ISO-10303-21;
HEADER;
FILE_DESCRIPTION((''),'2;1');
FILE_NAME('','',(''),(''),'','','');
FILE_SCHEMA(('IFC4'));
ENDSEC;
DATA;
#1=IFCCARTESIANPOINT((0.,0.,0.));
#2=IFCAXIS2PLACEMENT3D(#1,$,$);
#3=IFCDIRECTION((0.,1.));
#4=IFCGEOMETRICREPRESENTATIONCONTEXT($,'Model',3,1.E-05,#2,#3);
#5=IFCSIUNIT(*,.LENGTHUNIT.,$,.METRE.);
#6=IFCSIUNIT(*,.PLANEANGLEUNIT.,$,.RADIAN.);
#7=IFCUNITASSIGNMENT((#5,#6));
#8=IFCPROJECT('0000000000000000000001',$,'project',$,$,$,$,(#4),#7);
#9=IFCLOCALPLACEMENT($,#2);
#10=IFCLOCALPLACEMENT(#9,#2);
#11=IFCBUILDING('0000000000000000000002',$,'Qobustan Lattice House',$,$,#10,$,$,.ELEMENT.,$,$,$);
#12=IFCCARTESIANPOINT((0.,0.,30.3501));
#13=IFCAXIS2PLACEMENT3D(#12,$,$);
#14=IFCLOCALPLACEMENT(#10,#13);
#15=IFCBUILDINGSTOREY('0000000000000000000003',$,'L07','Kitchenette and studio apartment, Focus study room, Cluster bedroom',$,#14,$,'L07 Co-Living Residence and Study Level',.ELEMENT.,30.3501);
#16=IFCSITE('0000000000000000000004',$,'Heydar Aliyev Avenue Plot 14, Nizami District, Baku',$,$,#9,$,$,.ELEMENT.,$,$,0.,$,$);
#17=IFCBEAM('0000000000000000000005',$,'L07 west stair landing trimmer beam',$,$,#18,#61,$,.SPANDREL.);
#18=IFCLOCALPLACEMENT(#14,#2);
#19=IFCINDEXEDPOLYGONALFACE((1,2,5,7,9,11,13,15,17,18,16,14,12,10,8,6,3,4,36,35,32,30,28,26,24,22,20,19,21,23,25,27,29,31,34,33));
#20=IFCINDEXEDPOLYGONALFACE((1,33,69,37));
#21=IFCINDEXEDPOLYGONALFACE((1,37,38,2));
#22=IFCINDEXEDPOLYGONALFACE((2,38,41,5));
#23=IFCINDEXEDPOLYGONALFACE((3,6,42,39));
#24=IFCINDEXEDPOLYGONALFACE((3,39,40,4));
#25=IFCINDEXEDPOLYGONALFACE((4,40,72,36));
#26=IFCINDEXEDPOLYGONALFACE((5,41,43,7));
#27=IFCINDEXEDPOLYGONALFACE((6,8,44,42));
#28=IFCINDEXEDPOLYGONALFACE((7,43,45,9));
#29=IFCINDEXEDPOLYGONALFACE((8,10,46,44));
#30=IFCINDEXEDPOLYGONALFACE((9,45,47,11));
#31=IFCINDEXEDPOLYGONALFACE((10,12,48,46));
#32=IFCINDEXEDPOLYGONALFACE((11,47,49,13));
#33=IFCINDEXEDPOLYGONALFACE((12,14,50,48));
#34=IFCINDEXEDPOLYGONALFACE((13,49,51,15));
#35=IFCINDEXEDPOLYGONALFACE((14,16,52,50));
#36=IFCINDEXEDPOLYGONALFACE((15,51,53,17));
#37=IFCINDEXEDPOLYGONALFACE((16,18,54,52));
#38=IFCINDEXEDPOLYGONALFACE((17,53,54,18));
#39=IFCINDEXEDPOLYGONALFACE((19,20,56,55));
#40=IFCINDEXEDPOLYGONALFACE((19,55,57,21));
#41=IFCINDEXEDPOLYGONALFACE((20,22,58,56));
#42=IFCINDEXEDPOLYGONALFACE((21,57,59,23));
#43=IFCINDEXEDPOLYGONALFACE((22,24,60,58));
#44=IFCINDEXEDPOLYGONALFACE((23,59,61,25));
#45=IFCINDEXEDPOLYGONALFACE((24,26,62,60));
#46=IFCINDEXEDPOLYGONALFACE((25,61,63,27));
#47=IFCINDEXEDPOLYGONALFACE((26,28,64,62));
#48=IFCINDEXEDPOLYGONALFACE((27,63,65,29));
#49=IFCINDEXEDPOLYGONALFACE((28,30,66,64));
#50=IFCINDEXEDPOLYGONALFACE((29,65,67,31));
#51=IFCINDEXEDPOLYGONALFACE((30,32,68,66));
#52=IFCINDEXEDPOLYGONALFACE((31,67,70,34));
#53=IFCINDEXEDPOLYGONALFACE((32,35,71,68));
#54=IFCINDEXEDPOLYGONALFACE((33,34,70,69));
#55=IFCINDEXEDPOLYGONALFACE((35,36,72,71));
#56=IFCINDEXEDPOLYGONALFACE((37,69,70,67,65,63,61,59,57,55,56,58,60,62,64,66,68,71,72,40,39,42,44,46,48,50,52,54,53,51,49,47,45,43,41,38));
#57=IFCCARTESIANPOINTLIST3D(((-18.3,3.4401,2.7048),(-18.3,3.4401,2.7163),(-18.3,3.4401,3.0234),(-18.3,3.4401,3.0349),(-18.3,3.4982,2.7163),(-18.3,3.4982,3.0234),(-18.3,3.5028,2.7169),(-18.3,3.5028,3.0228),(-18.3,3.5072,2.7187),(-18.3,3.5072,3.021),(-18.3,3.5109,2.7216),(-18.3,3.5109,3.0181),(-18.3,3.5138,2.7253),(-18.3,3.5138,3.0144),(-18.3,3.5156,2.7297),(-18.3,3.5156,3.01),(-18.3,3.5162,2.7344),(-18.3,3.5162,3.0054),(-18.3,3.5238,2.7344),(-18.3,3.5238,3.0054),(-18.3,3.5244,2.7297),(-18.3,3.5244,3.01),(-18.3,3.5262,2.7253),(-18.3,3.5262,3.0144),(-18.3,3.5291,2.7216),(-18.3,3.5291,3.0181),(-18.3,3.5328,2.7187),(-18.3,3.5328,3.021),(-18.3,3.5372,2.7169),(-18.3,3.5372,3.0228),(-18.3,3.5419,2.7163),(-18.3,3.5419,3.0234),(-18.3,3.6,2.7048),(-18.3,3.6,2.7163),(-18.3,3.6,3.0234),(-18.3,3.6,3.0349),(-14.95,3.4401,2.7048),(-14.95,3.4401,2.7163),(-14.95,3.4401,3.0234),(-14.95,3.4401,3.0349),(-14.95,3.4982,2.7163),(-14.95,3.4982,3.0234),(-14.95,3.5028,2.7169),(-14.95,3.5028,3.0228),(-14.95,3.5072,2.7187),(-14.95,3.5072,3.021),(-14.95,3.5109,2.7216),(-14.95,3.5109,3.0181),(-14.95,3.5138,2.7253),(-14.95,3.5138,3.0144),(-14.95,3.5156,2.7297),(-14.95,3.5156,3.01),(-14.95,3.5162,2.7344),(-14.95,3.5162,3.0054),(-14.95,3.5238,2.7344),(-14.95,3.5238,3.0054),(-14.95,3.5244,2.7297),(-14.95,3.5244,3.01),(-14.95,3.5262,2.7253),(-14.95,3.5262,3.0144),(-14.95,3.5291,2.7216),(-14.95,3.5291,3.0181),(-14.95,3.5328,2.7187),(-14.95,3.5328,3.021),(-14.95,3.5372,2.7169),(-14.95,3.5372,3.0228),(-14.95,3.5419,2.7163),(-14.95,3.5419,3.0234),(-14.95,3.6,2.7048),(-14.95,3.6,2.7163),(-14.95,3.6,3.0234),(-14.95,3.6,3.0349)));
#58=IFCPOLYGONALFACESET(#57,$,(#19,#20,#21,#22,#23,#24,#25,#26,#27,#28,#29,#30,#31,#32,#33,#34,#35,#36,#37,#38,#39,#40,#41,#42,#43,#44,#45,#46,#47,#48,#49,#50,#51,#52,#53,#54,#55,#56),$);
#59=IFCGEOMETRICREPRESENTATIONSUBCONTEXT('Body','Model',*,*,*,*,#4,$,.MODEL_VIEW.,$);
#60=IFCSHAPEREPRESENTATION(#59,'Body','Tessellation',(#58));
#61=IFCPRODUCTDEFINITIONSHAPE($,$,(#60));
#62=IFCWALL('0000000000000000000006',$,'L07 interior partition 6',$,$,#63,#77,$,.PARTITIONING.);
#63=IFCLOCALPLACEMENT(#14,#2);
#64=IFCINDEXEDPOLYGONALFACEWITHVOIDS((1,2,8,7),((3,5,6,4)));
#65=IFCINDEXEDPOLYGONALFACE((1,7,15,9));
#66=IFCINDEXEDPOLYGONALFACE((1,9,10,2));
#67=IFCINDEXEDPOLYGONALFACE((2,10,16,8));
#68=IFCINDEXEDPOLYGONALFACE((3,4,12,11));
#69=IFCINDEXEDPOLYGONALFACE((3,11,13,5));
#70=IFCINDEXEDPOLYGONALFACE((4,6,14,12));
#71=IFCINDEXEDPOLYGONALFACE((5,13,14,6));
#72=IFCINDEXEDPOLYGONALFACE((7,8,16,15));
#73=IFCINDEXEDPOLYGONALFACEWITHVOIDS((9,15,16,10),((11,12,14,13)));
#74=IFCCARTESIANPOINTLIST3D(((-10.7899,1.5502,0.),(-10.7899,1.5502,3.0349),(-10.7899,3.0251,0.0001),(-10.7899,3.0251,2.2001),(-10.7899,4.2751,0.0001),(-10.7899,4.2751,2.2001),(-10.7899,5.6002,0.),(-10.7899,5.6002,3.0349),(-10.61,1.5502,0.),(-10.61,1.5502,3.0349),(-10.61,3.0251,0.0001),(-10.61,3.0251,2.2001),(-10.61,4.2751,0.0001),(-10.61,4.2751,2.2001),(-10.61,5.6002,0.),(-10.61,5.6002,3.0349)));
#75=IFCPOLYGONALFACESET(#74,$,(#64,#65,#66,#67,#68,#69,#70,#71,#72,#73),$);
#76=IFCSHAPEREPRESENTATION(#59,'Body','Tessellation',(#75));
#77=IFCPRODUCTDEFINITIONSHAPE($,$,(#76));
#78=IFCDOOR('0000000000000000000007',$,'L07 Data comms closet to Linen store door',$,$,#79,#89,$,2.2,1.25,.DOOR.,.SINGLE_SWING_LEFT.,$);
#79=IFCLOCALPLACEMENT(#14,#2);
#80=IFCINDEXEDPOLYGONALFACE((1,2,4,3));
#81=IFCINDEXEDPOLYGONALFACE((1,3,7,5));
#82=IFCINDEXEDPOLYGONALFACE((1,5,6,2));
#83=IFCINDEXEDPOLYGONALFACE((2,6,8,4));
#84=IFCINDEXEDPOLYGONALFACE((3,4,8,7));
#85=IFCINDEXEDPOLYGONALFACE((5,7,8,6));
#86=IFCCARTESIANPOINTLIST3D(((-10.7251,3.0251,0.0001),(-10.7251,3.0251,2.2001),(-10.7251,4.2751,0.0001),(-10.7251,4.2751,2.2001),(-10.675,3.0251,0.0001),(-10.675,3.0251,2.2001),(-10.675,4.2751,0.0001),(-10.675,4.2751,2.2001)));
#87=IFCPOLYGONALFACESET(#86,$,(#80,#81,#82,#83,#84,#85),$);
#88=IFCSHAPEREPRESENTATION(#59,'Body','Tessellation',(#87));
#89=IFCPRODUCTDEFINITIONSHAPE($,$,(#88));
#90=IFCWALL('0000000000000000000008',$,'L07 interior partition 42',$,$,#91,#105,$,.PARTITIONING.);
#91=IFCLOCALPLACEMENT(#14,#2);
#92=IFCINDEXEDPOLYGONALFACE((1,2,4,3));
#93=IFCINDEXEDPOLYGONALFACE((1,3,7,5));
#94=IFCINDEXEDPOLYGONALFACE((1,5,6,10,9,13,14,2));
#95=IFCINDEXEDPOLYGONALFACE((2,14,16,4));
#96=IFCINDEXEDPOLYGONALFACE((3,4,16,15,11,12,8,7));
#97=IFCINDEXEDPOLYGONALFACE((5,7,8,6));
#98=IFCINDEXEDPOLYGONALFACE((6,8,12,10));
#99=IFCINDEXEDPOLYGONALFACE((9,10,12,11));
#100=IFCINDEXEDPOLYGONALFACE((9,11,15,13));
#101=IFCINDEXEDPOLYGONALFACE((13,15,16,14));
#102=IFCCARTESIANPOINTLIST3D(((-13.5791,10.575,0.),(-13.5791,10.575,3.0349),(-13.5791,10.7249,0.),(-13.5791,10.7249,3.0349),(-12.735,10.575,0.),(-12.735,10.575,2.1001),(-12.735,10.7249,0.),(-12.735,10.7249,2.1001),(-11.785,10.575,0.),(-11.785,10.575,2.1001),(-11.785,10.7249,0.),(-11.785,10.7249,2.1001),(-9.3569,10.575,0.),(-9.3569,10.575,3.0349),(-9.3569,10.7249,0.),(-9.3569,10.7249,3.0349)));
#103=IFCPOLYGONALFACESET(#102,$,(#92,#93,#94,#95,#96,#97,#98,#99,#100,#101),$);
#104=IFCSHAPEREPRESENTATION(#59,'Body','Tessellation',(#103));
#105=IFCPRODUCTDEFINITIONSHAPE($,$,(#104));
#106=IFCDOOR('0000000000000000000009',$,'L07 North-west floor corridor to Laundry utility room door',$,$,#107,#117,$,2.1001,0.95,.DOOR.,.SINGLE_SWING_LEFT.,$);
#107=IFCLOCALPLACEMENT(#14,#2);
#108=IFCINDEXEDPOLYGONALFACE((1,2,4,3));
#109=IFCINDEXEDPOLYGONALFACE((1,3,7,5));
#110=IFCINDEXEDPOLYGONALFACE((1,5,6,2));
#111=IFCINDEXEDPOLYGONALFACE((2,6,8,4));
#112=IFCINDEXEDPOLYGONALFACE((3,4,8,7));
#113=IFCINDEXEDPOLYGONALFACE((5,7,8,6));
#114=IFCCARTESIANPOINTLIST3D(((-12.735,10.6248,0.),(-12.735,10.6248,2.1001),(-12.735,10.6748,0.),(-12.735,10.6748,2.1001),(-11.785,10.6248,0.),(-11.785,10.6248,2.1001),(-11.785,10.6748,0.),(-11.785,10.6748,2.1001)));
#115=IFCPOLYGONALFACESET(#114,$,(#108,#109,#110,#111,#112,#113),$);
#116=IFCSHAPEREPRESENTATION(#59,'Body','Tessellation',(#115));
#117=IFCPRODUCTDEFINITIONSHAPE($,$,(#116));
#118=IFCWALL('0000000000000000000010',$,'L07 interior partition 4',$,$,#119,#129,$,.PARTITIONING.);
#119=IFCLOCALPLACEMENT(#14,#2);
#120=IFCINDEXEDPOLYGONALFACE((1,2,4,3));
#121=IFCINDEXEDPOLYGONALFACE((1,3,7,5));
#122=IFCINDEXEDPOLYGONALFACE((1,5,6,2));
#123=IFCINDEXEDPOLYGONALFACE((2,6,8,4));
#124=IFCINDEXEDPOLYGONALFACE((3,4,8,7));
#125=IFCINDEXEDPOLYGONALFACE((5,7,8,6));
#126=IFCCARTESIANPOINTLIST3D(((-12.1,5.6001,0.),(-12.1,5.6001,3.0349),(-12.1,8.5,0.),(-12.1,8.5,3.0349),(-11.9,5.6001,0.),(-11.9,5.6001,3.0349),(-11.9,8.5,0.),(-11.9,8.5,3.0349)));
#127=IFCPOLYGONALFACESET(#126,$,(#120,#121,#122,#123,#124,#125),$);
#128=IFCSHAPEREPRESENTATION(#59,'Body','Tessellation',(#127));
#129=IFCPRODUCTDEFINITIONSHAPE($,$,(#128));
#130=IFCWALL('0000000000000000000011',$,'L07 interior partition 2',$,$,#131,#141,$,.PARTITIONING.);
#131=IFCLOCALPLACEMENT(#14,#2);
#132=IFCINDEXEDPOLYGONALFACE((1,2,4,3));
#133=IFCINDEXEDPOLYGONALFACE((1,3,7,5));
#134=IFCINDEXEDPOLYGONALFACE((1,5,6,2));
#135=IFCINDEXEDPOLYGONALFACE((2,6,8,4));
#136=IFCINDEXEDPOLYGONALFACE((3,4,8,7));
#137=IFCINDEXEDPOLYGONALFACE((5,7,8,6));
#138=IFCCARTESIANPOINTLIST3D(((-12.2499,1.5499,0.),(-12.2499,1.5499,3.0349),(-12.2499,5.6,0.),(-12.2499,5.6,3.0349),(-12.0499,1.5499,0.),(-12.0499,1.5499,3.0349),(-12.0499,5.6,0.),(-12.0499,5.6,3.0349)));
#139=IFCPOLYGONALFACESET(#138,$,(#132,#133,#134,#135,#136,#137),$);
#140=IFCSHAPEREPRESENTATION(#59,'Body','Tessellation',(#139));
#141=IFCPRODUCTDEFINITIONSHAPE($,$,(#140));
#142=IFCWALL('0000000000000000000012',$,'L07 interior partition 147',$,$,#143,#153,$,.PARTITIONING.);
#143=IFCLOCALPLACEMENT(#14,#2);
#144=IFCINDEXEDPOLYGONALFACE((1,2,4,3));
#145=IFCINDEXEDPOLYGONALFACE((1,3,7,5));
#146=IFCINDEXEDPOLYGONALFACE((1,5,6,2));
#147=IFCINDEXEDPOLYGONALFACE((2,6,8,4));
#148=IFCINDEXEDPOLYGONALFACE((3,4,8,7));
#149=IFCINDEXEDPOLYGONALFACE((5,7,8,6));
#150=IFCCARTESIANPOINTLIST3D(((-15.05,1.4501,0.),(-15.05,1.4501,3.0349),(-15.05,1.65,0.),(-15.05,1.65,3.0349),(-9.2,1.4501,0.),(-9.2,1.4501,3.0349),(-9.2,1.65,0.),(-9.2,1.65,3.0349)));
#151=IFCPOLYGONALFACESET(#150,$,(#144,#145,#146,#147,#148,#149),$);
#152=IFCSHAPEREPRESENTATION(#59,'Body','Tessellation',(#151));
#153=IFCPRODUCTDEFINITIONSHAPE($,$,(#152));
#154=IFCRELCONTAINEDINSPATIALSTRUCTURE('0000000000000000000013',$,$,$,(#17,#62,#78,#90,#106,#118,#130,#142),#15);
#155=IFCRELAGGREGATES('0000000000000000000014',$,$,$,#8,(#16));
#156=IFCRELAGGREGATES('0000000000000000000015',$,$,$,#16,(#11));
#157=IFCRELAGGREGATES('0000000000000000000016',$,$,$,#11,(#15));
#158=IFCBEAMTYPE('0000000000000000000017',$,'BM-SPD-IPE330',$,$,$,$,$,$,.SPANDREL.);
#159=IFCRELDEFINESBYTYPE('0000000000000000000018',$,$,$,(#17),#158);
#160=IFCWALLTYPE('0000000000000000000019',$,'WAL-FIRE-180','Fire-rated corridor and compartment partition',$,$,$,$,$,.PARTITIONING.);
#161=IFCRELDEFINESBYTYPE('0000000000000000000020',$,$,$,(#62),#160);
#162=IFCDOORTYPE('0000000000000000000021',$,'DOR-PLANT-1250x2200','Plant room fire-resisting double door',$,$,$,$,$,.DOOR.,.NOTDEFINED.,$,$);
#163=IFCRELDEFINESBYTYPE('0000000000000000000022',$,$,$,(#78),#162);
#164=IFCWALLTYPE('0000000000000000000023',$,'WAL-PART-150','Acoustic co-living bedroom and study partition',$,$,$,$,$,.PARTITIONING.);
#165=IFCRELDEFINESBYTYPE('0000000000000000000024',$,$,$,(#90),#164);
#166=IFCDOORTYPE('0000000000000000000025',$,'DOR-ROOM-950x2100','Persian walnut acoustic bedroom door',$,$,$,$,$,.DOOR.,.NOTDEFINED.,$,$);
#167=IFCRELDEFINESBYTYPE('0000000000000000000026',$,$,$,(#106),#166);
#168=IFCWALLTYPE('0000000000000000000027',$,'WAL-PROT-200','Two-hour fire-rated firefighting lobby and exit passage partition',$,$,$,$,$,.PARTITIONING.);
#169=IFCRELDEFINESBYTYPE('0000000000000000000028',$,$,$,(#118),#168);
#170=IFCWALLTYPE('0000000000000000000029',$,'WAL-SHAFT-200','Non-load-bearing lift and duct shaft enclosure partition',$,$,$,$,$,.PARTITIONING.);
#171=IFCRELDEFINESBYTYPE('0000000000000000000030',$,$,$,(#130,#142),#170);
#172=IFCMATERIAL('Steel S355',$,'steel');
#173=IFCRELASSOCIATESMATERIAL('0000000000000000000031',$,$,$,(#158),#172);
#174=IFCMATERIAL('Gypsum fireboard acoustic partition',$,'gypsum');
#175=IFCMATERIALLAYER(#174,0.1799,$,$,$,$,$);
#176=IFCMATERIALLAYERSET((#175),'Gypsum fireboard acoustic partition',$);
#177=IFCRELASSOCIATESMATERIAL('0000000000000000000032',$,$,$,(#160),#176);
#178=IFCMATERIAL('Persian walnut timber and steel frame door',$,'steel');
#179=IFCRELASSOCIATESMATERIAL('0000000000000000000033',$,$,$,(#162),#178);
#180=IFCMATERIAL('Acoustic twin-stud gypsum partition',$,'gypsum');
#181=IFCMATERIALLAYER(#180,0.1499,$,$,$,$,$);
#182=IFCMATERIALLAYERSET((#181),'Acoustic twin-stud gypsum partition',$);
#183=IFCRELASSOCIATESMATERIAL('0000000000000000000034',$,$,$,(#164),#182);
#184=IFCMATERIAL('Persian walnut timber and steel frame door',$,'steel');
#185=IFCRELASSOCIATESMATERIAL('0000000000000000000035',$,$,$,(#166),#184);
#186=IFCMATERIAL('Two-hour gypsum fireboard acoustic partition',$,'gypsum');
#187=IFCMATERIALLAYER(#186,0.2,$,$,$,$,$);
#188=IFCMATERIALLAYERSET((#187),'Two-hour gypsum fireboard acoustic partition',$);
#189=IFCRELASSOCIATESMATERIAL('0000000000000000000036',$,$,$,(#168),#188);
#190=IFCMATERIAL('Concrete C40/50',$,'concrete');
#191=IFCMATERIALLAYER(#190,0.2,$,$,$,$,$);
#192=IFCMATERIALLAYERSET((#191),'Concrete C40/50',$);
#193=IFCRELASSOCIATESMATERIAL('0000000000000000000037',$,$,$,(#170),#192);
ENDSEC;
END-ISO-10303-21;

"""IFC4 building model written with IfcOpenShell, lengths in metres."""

from ifc_helpers import new_model, si_unit, direction, frame, frame_2d, origin, origin_2d, place, context, subcontext, project, spatial, rectangle, i_section, extrude, material, layer, layer_set, material_profile, profile_set, type_object, element, fill, save


model = new_model("IFC4")

# Units and contexts
model_context = context("Model", 3, precision=1e-05, world=origin(), true_north=direction((0.0, 1.0)))
body_context = subcontext(model_context, "Body", "Model", "MODEL_VIEW")
ifc_project = project(units=[si_unit("LENGTHUNIT", "METRE"), si_unit("PLANEANGLEUNIT", "RADIAN")], contexts=[model_context])

# Site, building, storey
site_placement = place(None, origin())
site = spatial("IfcSite", under=ifc_project, at=site_placement, Name="Heydar Aliyev Avenue Plot 14, Nizami District, Baku", CompositionType="ELEMENT", RefElevation=0.0)
building_placement = place(site_placement, origin())
building = spatial("IfcBuilding", under=site, at=building_placement, Name="Qobustan Lattice House", CompositionType="ELEMENT")
storey_placement = place(building_placement, frame((0.0, 0.0, 30.3501)))
storey = spatial("IfcBuildingStorey", under=building, at=storey_placement, Name="L07", Description="Kitchenette and studio apartment, Focus study room, Cluster bedroom", LongName="L07 Co-Living Residence and Study Level", CompositionType="ELEMENT", Elevation=30.3501)

# Beam
ifc_material_1 = material(Name="Steel S355", Category="steel")
ifc_material_profile = material_profile(ifc_material_1, i_section(OverallWidth=0.1599, OverallDepth=0.3301, WebThickness=0.0076, FlangeThickness=0.0115, FilletRadius=0.0181, at=origin_2d()), Name="IPE330")
ifc_profile_set = profile_set([ifc_material_profile], Name="Steel S355")
beam_type = type_object("IfcBeamType", Name="BM-SPD-IPE330", PredefinedType="SPANDREL", material=ifc_profile_set)
beam_placement = place(storey_placement, frame((-18.3, 3.52, 2.8699), z_axis=(1.0, 0.0, 0.0), x_axis=(0.0, 1.0, 0.0)))
element("IfcBeam", 1, at=beam_placement, inside=storey, type_object=beam_type, Name="L07 west stair landing trimmer beam", PredefinedType="SPANDREL", context=body_context, shape_type="SweptSolid", body=[
    extrude(i_section(OverallWidth=0.1599, OverallDepth=0.3301, WebThickness=0.0076, FlangeThickness=0.0115, FilletRadius=0.0181, at=origin_2d()), origin(), (0.0, 0.0, 1.0), 3.3501),
])

# Walls, openings, doors
ifc_material_2 = material(Name="Gypsum fireboard acoustic partition", Category="gypsum")
ifc_layer_1 = layer(ifc_material_2, 0.1799)
ifc_layer_set_1 = layer_set([ifc_layer_1], Name="Gypsum fireboard acoustic partition")
wall_type_1 = type_object("IfcWallType", Name="WAL-FIRE-180", Description="Fire-rated corridor and compartment partition", PredefinedType="PARTITIONING", material=ifc_layer_set_1)
wall_1_placement = place(storey_placement, frame((-10.7, 5.6001, 0.0), z_axis=(0.0, 0.0, 1.0), x_axis=(0.0, -1.0, 0.0)))
wall_1 = element("IfcWall", 2, at=wall_1_placement, inside=storey, type_object=wall_type_1, Name="L07 interior partition 6", PredefinedType="PARTITIONING", context=body_context, shape_type="SweptSolid", body=[
    extrude(rectangle(XDim=4.05, YDim=0.1799, at=frame_2d((2.0249, 0.0))), origin(), (0.0, 0.0, 1.0), 3.0349),
])
opening_1_placement = place(wall_1_placement, frame((1.325, 0.0, 0.0)))
opening_1 = element("IfcOpeningElement", 3, at=opening_1_placement, cuts=wall_1, PredefinedType="OPENING", context=body_context, shape_type="SweptSolid", body=[
    extrude(rectangle(XDim=1.25, YDim=2.2, at=frame_2d((0.625, 1.1001))), frame((0.0, 0.0999, 0.0), z_axis=(0.0, -1.0, 0.0), x_axis=(1.0, 0.0, 0.0)), (0.0, 0.0, 1.0), 0.2),
])
ifc_material_3 = material(Name="Persian walnut timber and steel frame door", Category="steel")
door_type_1 = type_object("IfcDoorType", Name="DOR-PLANT-1250x2200", Description="Plant room fire-resisting double door", OperationType="NOTDEFINED", PredefinedType="DOOR", material=ifc_material_3)
door_1_placement = place(opening_1_placement, origin())
door_1 = element("IfcDoor", 4, at=door_1_placement, inside=storey, type_object=door_type_1, Name="L07 Data comms closet to Linen store door", OperationType="SINGLE_SWING_LEFT", OverallHeight=2.2, OverallWidth=1.25, PredefinedType="DOOR", context=body_context, shape_type="SweptSolid", body=[
    extrude(rectangle(XDim=1.25, YDim=2.2, at=frame_2d((0.625, 1.1001))), frame((0.0, 0.0249, 0.0), z_axis=(0.0, -1.0, 0.0), x_axis=(1.0, 0.0, 0.0)), (0.0, 0.0, 1.0), 0.05),
])
fill(opening_1, door_1)
ifc_material_4 = material(Name="Acoustic twin-stud gypsum partition", Category="gypsum")
ifc_layer_2 = layer(ifc_material_4, 0.1499)
ifc_layer_set_2 = layer_set([ifc_layer_2], Name="Acoustic twin-stud gypsum partition")
wall_type_2 = type_object("IfcWallType", Name="WAL-PART-150", Description="Acoustic co-living bedroom and study partition", PredefinedType="PARTITIONING", material=ifc_layer_set_2)
wall_2_placement = place(storey_placement, frame((-13.5791, 10.6499, 0.0), z_axis=(0.0, 0.0, 1.0), x_axis=(1.0, 0.0, 0.0)))
wall_2 = element("IfcWall", 5, at=wall_2_placement, inside=storey, type_object=wall_type_2, Name="L07 interior partition 42", PredefinedType="PARTITIONING", context=body_context, shape_type="SweptSolid", body=[
    extrude(rectangle(XDim=4.2222, YDim=0.1499, at=frame_2d((2.1111, 0.0))), origin(), (0.0, 0.0, 1.0), 3.0349),
])
opening_2_placement = place(wall_2_placement, frame((0.844, 0.0, 0.0)))
opening_2 = element("IfcOpeningElement", 6, at=opening_2_placement, cuts=wall_2, PredefinedType="OPENING", context=body_context, shape_type="SweptSolid", body=[
    extrude(rectangle(XDim=0.95, YDim=2.1001, at=frame_2d((0.4751, 1.05))), frame((0.0, 0.085, 0.0), z_axis=(0.0, -1.0, 0.0), x_axis=(1.0, 0.0, 0.0)), (0.0, 0.0, 1.0), 0.1699),
])
ifc_material_5 = material(Name="Persian walnut timber and steel frame door", Category="steel")
door_type_2 = type_object("IfcDoorType", Name="DOR-ROOM-950x2100", Description="Persian walnut acoustic bedroom door", OperationType="NOTDEFINED", PredefinedType="DOOR", material=ifc_material_5)
door_2_placement = place(opening_2_placement, origin())
door_2 = element("IfcDoor", 7, at=door_2_placement, inside=storey, type_object=door_type_2, Name="L07 North-west floor corridor to Laundry utility room door", OperationType="SINGLE_SWING_LEFT", OverallHeight=2.1001, OverallWidth=0.95, PredefinedType="DOOR", context=body_context, shape_type="SweptSolid", body=[
    extrude(rectangle(XDim=0.95, YDim=2.1001, at=frame_2d((0.4751, 1.05))), frame((0.0, 0.0249, 0.0), z_axis=(0.0, -1.0, 0.0), x_axis=(1.0, 0.0, 0.0)), (0.0, 0.0, 1.0), 0.05),
])
fill(opening_2, door_2)
ifc_material_6 = material(Name="Two-hour gypsum fireboard acoustic partition", Category="gypsum")
ifc_layer_3 = layer(ifc_material_6, 0.2)
ifc_layer_set_3 = layer_set([ifc_layer_3], Name="Two-hour gypsum fireboard acoustic partition")
wall_type_3 = type_object("IfcWallType", Name="WAL-PROT-200", Description="Two-hour fire-rated firefighting lobby and exit passage partition", PredefinedType="PARTITIONING", material=ifc_layer_set_3)

# Walls
wall_3_placement = place(storey_placement, frame((-12.0, 5.6001, 0.0), z_axis=(0.0, 0.0, 1.0), x_axis=(0.0, 1.0, 0.0)))
element("IfcWall", 8, at=wall_3_placement, inside=storey, type_object=wall_type_3, Name="L07 interior partition 4", PredefinedType="PARTITIONING", context=body_context, shape_type="SweptSolid", body=[
    extrude(rectangle(XDim=2.8999, YDim=0.2, at=frame_2d((1.45, 0.0))), origin(), (0.0, 0.0, 1.0), 3.0349),
])
ifc_material_7 = material(Name="Concrete C40/50", Category="concrete")
ifc_layer_4 = layer(ifc_material_7, 0.2)
ifc_layer_set_4 = layer_set([ifc_layer_4], Name="Concrete C40/50")
wall_type_4 = type_object("IfcWallType", Name="WAL-SHAFT-200", Description="Non-load-bearing lift and duct shaft enclosure partition", PredefinedType="PARTITIONING", material=ifc_layer_set_4)
wall_4_placement = place(storey_placement, frame((-12.1499, 1.55, 0.0), z_axis=(0.0, 0.0, 1.0), x_axis=(0.0, 1.0, 0.0)))
element("IfcWall", 9, at=wall_4_placement, inside=storey, type_object=wall_type_4, Name="L07 interior partition 2", PredefinedType="PARTITIONING", context=body_context, shape_type="SweptSolid", body=[
    extrude(rectangle(XDim=4.05, YDim=0.2, at=frame_2d((2.0249, 0.0))), origin(), (0.0, 0.0, 1.0), 3.0349),
])
wall_5_placement = place(storey_placement, frame((-15.05, 1.55, 0.0), z_axis=(0.0, 0.0, 1.0), x_axis=(1.0, 0.0, 0.0)))
element("IfcWall", 10, at=wall_5_placement, inside=storey, type_object=wall_type_4, Name="L07 interior partition 147", PredefinedType="PARTITIONING", context=body_context, shape_type="SweptSolid", body=[
    extrude(rectangle(XDim=5.8501, YDim=0.2, at=frame_2d((2.925, 0.0))), origin(), (0.0, 0.0, 1.0), 3.0349),
])

save(model, "model.ifc")
